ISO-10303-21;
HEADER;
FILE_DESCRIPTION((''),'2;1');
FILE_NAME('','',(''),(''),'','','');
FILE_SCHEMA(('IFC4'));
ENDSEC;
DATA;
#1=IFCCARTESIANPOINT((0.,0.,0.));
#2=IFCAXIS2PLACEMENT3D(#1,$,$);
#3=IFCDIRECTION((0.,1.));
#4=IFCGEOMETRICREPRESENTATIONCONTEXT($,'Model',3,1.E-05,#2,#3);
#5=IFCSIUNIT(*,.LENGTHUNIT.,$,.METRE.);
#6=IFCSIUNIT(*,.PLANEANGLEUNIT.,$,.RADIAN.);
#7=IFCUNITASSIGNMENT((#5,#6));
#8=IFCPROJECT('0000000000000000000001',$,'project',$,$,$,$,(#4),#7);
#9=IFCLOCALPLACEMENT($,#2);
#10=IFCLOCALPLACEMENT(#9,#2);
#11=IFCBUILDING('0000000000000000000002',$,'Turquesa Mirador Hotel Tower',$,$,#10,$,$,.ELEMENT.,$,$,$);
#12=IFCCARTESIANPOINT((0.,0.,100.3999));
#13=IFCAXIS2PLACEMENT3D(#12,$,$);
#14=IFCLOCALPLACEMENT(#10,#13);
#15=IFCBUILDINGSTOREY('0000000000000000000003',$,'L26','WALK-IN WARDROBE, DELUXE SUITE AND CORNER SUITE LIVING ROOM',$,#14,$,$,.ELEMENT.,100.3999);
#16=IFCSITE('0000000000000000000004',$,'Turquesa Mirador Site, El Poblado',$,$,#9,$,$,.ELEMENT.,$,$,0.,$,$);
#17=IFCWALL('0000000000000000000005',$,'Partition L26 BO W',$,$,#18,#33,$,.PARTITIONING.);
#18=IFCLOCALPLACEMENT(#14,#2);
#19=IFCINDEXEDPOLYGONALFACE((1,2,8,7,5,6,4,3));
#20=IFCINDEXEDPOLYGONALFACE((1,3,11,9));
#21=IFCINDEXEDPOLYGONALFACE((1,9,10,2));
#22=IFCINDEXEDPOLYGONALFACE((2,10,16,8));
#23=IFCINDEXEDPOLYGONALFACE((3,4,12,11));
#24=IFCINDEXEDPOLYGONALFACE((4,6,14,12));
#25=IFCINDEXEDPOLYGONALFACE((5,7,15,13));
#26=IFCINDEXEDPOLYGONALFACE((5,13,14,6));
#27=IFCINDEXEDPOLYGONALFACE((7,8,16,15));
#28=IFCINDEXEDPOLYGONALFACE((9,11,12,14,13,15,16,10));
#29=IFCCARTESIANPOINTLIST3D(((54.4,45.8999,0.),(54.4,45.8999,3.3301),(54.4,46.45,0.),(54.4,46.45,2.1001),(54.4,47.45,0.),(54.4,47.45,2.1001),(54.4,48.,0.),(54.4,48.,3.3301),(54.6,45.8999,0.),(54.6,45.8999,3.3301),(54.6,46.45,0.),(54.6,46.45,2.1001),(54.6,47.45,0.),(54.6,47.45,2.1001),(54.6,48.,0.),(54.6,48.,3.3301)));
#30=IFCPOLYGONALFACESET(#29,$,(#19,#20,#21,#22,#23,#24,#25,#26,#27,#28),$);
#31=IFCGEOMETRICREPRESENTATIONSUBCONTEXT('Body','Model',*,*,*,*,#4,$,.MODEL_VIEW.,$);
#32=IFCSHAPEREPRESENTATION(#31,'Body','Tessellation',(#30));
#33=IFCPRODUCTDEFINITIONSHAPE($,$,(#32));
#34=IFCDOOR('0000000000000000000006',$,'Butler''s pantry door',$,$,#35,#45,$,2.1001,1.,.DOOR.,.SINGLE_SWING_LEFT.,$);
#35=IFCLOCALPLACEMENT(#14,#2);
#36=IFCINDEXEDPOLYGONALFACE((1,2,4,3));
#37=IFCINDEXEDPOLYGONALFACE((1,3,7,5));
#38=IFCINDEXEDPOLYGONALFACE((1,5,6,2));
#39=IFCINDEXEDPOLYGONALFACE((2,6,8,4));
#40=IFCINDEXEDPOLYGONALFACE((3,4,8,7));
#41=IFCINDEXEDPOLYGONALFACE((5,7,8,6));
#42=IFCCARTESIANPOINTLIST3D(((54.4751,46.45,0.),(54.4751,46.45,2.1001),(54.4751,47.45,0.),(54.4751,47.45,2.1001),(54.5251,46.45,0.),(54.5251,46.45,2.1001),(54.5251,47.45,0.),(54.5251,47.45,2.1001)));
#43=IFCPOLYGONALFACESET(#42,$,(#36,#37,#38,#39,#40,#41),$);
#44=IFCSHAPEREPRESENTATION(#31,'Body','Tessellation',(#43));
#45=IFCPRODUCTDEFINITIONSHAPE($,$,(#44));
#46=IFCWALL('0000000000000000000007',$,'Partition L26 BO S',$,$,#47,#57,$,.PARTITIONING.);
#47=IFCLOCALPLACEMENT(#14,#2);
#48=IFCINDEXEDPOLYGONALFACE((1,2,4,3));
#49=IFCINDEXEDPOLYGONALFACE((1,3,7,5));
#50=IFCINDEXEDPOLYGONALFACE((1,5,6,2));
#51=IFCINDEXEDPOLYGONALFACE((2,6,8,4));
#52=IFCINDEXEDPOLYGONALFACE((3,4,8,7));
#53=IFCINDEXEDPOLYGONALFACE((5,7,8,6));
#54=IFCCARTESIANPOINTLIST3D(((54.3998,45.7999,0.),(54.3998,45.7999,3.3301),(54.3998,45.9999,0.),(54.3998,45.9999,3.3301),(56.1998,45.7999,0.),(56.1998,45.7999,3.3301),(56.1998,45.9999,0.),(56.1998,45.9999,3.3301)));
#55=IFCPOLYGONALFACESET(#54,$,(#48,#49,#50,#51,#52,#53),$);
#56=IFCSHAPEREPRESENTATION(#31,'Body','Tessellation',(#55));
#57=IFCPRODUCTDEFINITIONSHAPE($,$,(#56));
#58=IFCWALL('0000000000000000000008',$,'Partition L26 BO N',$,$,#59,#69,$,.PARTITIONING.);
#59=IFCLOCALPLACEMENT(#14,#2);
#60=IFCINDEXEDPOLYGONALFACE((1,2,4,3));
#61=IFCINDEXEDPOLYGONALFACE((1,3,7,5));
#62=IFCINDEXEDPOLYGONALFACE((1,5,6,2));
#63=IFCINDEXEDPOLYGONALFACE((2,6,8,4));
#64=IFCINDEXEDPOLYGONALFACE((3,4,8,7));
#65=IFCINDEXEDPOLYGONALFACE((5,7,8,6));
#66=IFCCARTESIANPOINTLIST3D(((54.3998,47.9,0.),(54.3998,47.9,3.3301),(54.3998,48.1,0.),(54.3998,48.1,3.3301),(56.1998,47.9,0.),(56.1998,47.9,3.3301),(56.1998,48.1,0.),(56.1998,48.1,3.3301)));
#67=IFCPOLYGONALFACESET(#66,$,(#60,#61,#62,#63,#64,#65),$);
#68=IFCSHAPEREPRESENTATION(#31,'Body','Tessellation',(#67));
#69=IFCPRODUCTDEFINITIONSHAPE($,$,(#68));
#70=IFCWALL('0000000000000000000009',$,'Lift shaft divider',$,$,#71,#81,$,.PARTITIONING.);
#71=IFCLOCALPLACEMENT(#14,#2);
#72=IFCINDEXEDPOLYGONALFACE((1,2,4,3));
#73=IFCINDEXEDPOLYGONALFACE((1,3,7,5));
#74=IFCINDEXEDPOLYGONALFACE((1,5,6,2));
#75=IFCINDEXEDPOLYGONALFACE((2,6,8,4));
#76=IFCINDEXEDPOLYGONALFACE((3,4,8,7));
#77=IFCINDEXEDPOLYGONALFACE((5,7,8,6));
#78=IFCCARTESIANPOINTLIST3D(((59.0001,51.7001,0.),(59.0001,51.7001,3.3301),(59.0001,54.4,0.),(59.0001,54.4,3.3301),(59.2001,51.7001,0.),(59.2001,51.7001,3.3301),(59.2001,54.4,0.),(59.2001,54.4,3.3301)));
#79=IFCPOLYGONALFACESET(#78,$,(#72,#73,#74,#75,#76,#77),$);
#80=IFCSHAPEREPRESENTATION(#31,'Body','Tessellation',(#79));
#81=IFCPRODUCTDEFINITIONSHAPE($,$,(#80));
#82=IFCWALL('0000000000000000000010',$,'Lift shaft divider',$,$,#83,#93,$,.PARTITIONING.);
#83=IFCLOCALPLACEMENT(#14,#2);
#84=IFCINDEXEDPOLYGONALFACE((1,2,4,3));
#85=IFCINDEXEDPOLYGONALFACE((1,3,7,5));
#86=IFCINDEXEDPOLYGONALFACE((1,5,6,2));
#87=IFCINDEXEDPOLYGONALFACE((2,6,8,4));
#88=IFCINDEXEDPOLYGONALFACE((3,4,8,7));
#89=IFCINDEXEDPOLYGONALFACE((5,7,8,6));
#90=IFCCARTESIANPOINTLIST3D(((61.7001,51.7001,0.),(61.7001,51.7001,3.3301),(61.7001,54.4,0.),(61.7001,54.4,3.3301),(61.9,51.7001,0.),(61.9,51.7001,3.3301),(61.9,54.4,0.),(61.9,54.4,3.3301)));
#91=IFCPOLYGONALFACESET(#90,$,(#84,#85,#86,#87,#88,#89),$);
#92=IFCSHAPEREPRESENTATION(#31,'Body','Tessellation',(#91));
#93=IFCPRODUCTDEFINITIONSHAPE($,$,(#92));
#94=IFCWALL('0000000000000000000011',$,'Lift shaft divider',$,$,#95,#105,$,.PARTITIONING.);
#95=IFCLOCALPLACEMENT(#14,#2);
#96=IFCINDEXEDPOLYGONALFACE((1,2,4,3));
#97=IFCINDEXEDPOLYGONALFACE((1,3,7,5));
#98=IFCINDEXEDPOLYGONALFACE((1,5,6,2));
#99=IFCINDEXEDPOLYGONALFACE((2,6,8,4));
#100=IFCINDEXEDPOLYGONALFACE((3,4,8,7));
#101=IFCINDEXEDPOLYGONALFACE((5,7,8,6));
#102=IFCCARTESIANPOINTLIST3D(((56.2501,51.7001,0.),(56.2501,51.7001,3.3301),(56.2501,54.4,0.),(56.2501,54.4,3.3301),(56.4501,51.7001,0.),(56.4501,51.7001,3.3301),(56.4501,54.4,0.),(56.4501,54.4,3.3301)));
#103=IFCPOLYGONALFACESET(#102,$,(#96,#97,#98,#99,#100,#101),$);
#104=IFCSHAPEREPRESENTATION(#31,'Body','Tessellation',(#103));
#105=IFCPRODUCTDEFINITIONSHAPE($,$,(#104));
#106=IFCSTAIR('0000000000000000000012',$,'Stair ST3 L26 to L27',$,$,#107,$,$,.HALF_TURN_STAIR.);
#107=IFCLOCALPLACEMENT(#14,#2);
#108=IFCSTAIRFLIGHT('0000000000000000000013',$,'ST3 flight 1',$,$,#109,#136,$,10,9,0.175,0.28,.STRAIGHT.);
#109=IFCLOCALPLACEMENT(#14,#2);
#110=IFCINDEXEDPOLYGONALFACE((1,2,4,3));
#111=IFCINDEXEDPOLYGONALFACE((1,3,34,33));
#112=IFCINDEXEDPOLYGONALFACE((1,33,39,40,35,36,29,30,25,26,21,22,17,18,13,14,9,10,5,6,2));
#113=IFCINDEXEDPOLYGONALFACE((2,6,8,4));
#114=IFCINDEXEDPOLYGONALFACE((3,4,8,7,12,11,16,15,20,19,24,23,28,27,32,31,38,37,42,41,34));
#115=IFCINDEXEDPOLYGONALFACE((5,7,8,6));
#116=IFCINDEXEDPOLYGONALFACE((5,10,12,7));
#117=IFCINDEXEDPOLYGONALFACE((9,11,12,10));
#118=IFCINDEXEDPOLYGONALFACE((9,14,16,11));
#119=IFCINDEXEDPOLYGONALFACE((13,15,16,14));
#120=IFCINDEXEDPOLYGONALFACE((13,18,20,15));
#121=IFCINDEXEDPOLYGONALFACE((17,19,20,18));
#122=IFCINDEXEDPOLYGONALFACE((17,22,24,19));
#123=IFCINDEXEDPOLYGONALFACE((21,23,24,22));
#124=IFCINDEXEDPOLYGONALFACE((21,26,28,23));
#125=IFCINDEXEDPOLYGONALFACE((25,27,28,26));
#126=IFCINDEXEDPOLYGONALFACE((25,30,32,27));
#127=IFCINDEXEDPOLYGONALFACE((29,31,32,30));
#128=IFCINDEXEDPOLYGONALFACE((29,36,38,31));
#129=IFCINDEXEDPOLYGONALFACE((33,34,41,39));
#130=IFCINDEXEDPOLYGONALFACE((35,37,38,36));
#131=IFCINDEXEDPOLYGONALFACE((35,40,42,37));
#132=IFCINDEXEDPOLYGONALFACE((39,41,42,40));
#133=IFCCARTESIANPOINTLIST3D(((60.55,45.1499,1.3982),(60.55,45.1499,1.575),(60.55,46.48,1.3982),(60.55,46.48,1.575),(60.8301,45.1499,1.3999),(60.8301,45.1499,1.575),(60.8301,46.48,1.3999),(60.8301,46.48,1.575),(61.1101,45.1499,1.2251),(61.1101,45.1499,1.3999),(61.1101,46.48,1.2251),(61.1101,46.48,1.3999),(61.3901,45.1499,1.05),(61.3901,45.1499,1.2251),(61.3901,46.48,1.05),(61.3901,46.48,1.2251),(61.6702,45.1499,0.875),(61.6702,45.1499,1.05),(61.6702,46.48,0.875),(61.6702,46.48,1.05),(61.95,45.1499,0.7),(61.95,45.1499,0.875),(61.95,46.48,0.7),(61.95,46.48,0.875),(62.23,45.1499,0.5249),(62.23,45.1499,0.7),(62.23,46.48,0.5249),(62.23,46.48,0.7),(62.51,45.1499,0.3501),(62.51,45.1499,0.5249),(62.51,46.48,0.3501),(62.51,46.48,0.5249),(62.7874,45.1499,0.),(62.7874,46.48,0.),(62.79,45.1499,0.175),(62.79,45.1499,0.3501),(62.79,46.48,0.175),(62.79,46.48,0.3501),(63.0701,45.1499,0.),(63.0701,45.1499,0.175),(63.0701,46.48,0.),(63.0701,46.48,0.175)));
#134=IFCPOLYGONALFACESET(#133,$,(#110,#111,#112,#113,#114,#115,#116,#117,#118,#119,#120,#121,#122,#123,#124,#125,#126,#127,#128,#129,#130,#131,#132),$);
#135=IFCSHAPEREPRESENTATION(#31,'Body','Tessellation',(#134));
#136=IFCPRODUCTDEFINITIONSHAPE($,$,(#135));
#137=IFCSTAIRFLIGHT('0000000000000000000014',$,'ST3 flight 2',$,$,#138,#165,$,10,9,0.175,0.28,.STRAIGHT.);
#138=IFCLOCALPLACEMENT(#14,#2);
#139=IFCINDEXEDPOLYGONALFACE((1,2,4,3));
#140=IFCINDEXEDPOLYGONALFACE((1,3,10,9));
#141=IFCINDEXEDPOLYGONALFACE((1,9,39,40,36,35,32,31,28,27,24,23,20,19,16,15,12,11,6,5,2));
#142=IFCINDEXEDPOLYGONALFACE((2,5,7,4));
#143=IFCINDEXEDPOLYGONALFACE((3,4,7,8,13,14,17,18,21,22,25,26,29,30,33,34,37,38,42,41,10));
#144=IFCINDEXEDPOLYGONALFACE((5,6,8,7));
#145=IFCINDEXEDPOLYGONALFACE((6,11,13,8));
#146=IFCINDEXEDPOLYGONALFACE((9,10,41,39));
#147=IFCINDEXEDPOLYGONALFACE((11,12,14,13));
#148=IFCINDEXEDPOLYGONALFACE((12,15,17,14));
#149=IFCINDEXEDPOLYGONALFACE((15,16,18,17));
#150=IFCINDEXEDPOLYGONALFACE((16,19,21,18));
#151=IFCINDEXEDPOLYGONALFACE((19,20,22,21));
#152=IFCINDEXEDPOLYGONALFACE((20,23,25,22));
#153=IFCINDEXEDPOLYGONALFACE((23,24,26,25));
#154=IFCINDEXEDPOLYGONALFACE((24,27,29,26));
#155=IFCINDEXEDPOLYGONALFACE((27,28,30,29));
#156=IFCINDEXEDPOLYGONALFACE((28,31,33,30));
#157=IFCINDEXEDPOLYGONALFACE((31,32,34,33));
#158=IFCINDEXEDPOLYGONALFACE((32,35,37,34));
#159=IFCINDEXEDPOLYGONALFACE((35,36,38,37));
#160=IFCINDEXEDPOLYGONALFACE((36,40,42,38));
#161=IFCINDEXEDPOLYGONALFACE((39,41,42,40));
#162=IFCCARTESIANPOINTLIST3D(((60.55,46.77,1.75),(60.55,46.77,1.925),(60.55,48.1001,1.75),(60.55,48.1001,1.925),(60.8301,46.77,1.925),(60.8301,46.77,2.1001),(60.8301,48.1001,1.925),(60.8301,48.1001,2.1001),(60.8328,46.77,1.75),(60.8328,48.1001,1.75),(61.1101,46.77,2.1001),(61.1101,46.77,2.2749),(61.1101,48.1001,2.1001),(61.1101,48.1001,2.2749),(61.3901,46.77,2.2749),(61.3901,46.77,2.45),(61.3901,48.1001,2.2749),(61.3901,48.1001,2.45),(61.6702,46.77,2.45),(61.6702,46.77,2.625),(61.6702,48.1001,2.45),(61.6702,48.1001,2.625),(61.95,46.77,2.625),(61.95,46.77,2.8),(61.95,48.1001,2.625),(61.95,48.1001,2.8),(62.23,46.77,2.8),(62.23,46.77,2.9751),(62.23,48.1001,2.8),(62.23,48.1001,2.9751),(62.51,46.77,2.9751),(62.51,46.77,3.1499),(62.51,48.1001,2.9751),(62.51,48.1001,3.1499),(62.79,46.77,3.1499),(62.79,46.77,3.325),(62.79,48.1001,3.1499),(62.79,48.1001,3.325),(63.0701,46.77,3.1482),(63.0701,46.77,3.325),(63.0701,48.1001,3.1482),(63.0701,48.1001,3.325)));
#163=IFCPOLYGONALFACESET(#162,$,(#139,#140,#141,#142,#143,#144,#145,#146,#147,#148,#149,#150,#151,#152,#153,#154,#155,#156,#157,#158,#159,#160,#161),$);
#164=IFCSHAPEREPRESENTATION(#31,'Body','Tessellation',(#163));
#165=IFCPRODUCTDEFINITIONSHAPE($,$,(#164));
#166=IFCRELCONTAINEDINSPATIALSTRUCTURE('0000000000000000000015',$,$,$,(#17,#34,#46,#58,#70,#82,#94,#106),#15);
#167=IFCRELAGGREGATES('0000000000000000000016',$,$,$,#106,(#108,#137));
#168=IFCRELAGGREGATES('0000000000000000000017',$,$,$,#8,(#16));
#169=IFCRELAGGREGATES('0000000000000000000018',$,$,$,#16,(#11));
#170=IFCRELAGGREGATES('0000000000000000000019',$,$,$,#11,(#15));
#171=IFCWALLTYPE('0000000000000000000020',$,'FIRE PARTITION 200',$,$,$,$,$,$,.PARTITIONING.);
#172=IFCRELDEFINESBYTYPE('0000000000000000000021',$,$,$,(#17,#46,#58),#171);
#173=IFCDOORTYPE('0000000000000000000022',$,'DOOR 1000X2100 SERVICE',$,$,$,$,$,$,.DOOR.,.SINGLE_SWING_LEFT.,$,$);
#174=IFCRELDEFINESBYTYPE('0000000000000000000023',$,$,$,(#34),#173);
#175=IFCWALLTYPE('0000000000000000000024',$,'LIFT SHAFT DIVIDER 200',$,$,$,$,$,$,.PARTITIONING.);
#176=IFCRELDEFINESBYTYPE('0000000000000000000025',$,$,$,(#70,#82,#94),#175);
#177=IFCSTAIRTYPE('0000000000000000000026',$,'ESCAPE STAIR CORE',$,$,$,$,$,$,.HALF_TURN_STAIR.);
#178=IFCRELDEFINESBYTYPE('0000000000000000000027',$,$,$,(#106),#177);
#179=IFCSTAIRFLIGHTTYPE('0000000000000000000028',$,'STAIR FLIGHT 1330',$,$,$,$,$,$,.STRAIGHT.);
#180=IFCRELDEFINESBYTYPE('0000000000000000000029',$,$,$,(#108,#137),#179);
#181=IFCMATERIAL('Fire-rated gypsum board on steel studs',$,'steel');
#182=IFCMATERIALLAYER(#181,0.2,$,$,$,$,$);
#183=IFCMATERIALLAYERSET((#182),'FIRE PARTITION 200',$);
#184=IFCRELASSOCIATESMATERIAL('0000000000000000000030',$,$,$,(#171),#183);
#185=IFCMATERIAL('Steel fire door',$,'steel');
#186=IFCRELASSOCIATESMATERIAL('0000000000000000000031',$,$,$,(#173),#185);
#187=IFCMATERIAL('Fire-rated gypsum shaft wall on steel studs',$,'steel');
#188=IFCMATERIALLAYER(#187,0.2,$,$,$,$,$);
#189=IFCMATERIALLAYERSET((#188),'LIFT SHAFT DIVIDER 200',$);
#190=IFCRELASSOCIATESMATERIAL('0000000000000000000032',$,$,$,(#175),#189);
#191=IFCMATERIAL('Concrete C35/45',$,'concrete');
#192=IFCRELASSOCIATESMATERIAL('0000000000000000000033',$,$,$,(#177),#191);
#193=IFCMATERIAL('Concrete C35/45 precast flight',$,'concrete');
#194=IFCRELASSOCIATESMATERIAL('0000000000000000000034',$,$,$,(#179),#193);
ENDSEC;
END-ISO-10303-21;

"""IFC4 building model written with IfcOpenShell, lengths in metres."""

from ifc_helpers import new_model, si_unit, direction, frame, frame_2d, origin, place, context, subcontext, project, spatial, polyline, rectangle, outline, extrude, material, layer, layer_set, type_object, element, fill, aggregate, save


model = new_model("IFC4")

# Units and contexts
model_context = context("Model", 3, precision=1e-05, world=origin(), true_north=direction((0.0, 1.0)))
body_context = subcontext(model_context, "Body", "Model", "MODEL_VIEW")
ifc_project = project(units=[si_unit("LENGTHUNIT", "METRE"), si_unit("PLANEANGLEUNIT", "RADIAN")], contexts=[model_context])

# Site, building, storey
site_placement = place(None, origin())
site = spatial("IfcSite", under=ifc_project, at=site_placement, Name="Turquesa Mirador Site, El Poblado", CompositionType="ELEMENT", RefElevation=0.0)
building_placement = place(site_placement, origin())
building = spatial("IfcBuilding", under=site, at=building_placement, Name="Turquesa Mirador Hotel Tower", CompositionType="ELEMENT")
storey_placement = place(building_placement, frame((0.0, 0.0, 100.3999)))
storey = spatial("IfcBuildingStorey", under=building, at=storey_placement, Name="L26", Description="WALK-IN WARDROBE, DELUXE SUITE AND CORNER SUITE LIVING ROOM", CompositionType="ELEMENT", Elevation=100.3999)

# Shared definitions
ifc_material_1 = material(Name="Fire-rated gypsum board on steel studs", Category="steel")
ifc_layer_1 = layer(ifc_material_1, 0.2)
ifc_layer_set_1 = layer_set([ifc_layer_1], Name="FIRE PARTITION 200")
wall_type_1 = type_object("IfcWallType", Name="FIRE PARTITION 200", PredefinedType="PARTITIONING", material=ifc_layer_set_1)
ifc_material_2 = material(Name="Steel fire door", Category="steel")
door_type_1 = type_object("IfcDoorType", Name="DOOR 1000X2100 SERVICE", OperationType="SINGLE_SWING_LEFT", PredefinedType="DOOR", material=ifc_material_2)

# Wall, opening, door
wall_1_placement = place(storey_placement, frame((54.5, 45.8999, 0.0), z_axis=(0.0, 0.0, 1.0), x_axis=(0.0, 1.0, 0.0)))
wall_1 = element("IfcWall", 1, at=wall_1_placement, inside=storey, type_object=wall_type_1, Name="Partition L26 BO W", PredefinedType="PARTITIONING", context=body_context, shape_type="SweptSolid", body=[
    extrude(rectangle(XDim=2.1001, YDim=0.2, at=frame_2d((1.05, 0.0))), origin(), (0.0, 0.0, 1.0), 3.3301),
])
opening_1_placement = place(wall_1_placement, frame((0.55, 0.0, 0.0)))
opening_1 = element("IfcOpeningElement", 2, at=opening_1_placement, cuts=wall_1, PredefinedType="OPENING", context=body_context, shape_type="SweptSolid", body=[
    extrude(rectangle(XDim=1.0, YDim=2.1001, at=frame_2d((0.5, 1.05))), frame((0.0, 0.1099, 0.0), z_axis=(0.0, -1.0, 0.0), x_axis=(1.0, 0.0, 0.0)), (0.0, 0.0, 1.0), 0.22),
])
door_1_placement = place(opening_1_placement, origin())
door_1 = element("IfcDoor", 3, at=door_1_placement, inside=storey, type_object=door_type_1, Name="Butler's pantry door", OperationType="SINGLE_SWING_LEFT", OverallHeight=2.1001, OverallWidth=1.0, PredefinedType="DOOR", context=body_context, shape_type="SweptSolid", body=[
    extrude(rectangle(XDim=1.0, YDim=2.1001, at=frame_2d((0.5, 1.05))), frame((0.0, 0.0249, 0.0), z_axis=(0.0, -1.0, 0.0), x_axis=(1.0, 0.0, 0.0)), (0.0, 0.0, 1.0), 0.05),
])
fill(opening_1, door_1)

# Walls
for number, where, z_axis, x_axis, name in (
    (4, (54.3999, 45.8999, 0.0), (0.0, 0.0, 1.0), (1.0, 0.0, 0.0), "Partition L26 BO S"),
    (5, (54.3999, 48.0, 0.0), (0.0, 0.0, 1.0), (1.0, 0.0, 0.0), "Partition L26 BO N"),
):
    element("IfcWall", number, at=place(storey_placement, frame(where, z_axis=z_axis, x_axis=x_axis)), inside=storey, type_object=wall_type_1, Name=name, PredefinedType="PARTITIONING", context=body_context, shape_type="SweptSolid", body=[
        extrude(rectangle(XDim=1.8, YDim=0.2, at=frame_2d((0.8999, 0.0))), origin(), (0.0, 0.0, 1.0), 3.3301),
    ])
ifc_material_3 = material(Name="Fire-rated gypsum shaft wall on steel studs", Category="steel")
ifc_layer_2 = layer(ifc_material_3, 0.2)
ifc_layer_set_2 = layer_set([ifc_layer_2], Name="LIFT SHAFT DIVIDER 200")
wall_type_2 = type_object("IfcWallType", Name="LIFT SHAFT DIVIDER 200", PredefinedType="PARTITIONING", material=ifc_layer_set_2)
for number, where, z_axis, x_axis, name in (
    (6, (59.1001, 51.7, 0.0), (0.0, 0.0, 1.0), (0.0, 1.0, 0.0), "Lift shaft divider"),
    (7, (61.8, 51.7, 0.0), (0.0, 0.0, 1.0), (0.0, 1.0, 0.0), "Lift shaft divider"),
    (8, (56.3501, 51.7, 0.0), (0.0, 0.0, 1.0), (0.0, 1.0, 0.0), "Lift shaft divider"),
):
    element("IfcWall", number, at=place(storey_placement, frame(where, z_axis=z_axis, x_axis=x_axis)), inside=storey, type_object=wall_type_2, Name=name, PredefinedType="PARTITIONING", context=body_context, shape_type="SweptSolid", body=[
        extrude(rectangle(XDim=2.7, YDim=0.2, at=frame_2d((1.3501, 0.0))), origin(), (0.0, 0.0, 1.0), 3.3301),
    ])

# Stair, stair flights
ifc_material_4 = material(Name="Concrete C35/45", Category="concrete")
stair_type = type_object("IfcStairType", Name="ESCAPE STAIR CORE", PredefinedType="HALF_TURN_STAIR", material=ifc_material_4)
stair_placement = place(storey_placement, origin())
stair = element("IfcStair", 9, at=stair_placement, inside=storey, type_object=stair_type, Name="Stair ST3 L26 to L27", PredefinedType="HALF_TURN_STAIR")
ifc_material_5 = material(Name="Concrete C35/45 precast flight", Category="concrete")
stair_flight_type = type_object("IfcStairFlightType", Name="STAIR FLIGHT 1330", PredefinedType="STRAIGHT", material=ifc_material_5)
stair_flight_1_placement = place(storey_placement, frame((63.0701, 45.8149, 0.0), z_axis=(0.0, 0.0, 1.0), x_axis=(-1.0, 0.0, 0.0)))
stair_flight_1 = element("IfcStairFlight", 10, at=stair_flight_1_placement, type_object=stair_flight_type, Name="ST3 flight 1", NumberOfRisers=10, NumberOfTreads=9, PredefinedType="STRAIGHT", RiserHeight=0.175, TreadLength=0.28, context=body_context, shape_type="SweptSolid", body=[
    extrude(outline(polyline([(0.0, 0.0), (0.0, 0.175), (0.28, 0.175), (0.28, 0.3501), (0.5601, 0.3501), (0.5601, 0.5249), (0.8401, 0.5249), (0.8401, 0.7), (1.1201, 0.7), (1.1201, 0.875), (1.3999, 0.875), (1.3999, 1.05), (1.6799, 1.05), (1.6799, 1.2251), (1.96, 1.2251), (1.96, 1.3999), (2.24, 1.3999), (2.24, 1.575), (2.52, 1.575), (2.52, 1.75), (2.52, 1.3982), (0.2827, 0.0), (0.0, 0.0)])), frame((0.0, 0.665, 0.0), z_axis=(0.0, -1.0, 0.0), x_axis=(1.0, 0.0, 0.0)), (0.0, 0.0, 1.0), 1.3301),
])
stair_flight_2_placement = place(storey_placement, frame((60.55, 47.4351, 1.75), z_axis=(0.0, 0.0, 1.0), x_axis=(1.0, 0.0, 0.0)))
stair_flight_2 = element("IfcStairFlight", 11, at=stair_flight_2_placement, type_object=stair_flight_type, Name="ST3 flight 2", NumberOfRisers=10, NumberOfTreads=9, PredefinedType="STRAIGHT", RiserHeight=0.175, TreadLength=0.28, context=body_context, shape_type="SweptSolid", body=[
    extrude(outline(polyline([(0.0, 0.0), (0.0, 0.175), (0.28, 0.175), (0.28, 0.3501), (0.5601, 0.3501), (0.5601, 0.5249), (0.8401, 0.5249), (0.8401, 0.7), (1.1201, 0.7), (1.1201, 0.875), (1.3999, 0.875), (1.3999, 1.05), (1.6799, 1.05), (1.6799, 1.2251), (1.96, 1.2251), (1.96, 1.3999), (2.24, 1.3999), (2.24, 1.575), (2.52, 1.575), (2.52, 1.75), (2.52, 1.3982), (0.2827, 0.0), (0.0, 0.0)])), frame((0.0, 0.665, 0.0), z_axis=(0.0, -1.0, 0.0), x_axis=(1.0, 0.0, 0.0)), (0.0, 0.0, 1.0), 1.3301),
])
aggregate(stair, [stair_flight_1, stair_flight_2])

save(model, "model.ifc")
